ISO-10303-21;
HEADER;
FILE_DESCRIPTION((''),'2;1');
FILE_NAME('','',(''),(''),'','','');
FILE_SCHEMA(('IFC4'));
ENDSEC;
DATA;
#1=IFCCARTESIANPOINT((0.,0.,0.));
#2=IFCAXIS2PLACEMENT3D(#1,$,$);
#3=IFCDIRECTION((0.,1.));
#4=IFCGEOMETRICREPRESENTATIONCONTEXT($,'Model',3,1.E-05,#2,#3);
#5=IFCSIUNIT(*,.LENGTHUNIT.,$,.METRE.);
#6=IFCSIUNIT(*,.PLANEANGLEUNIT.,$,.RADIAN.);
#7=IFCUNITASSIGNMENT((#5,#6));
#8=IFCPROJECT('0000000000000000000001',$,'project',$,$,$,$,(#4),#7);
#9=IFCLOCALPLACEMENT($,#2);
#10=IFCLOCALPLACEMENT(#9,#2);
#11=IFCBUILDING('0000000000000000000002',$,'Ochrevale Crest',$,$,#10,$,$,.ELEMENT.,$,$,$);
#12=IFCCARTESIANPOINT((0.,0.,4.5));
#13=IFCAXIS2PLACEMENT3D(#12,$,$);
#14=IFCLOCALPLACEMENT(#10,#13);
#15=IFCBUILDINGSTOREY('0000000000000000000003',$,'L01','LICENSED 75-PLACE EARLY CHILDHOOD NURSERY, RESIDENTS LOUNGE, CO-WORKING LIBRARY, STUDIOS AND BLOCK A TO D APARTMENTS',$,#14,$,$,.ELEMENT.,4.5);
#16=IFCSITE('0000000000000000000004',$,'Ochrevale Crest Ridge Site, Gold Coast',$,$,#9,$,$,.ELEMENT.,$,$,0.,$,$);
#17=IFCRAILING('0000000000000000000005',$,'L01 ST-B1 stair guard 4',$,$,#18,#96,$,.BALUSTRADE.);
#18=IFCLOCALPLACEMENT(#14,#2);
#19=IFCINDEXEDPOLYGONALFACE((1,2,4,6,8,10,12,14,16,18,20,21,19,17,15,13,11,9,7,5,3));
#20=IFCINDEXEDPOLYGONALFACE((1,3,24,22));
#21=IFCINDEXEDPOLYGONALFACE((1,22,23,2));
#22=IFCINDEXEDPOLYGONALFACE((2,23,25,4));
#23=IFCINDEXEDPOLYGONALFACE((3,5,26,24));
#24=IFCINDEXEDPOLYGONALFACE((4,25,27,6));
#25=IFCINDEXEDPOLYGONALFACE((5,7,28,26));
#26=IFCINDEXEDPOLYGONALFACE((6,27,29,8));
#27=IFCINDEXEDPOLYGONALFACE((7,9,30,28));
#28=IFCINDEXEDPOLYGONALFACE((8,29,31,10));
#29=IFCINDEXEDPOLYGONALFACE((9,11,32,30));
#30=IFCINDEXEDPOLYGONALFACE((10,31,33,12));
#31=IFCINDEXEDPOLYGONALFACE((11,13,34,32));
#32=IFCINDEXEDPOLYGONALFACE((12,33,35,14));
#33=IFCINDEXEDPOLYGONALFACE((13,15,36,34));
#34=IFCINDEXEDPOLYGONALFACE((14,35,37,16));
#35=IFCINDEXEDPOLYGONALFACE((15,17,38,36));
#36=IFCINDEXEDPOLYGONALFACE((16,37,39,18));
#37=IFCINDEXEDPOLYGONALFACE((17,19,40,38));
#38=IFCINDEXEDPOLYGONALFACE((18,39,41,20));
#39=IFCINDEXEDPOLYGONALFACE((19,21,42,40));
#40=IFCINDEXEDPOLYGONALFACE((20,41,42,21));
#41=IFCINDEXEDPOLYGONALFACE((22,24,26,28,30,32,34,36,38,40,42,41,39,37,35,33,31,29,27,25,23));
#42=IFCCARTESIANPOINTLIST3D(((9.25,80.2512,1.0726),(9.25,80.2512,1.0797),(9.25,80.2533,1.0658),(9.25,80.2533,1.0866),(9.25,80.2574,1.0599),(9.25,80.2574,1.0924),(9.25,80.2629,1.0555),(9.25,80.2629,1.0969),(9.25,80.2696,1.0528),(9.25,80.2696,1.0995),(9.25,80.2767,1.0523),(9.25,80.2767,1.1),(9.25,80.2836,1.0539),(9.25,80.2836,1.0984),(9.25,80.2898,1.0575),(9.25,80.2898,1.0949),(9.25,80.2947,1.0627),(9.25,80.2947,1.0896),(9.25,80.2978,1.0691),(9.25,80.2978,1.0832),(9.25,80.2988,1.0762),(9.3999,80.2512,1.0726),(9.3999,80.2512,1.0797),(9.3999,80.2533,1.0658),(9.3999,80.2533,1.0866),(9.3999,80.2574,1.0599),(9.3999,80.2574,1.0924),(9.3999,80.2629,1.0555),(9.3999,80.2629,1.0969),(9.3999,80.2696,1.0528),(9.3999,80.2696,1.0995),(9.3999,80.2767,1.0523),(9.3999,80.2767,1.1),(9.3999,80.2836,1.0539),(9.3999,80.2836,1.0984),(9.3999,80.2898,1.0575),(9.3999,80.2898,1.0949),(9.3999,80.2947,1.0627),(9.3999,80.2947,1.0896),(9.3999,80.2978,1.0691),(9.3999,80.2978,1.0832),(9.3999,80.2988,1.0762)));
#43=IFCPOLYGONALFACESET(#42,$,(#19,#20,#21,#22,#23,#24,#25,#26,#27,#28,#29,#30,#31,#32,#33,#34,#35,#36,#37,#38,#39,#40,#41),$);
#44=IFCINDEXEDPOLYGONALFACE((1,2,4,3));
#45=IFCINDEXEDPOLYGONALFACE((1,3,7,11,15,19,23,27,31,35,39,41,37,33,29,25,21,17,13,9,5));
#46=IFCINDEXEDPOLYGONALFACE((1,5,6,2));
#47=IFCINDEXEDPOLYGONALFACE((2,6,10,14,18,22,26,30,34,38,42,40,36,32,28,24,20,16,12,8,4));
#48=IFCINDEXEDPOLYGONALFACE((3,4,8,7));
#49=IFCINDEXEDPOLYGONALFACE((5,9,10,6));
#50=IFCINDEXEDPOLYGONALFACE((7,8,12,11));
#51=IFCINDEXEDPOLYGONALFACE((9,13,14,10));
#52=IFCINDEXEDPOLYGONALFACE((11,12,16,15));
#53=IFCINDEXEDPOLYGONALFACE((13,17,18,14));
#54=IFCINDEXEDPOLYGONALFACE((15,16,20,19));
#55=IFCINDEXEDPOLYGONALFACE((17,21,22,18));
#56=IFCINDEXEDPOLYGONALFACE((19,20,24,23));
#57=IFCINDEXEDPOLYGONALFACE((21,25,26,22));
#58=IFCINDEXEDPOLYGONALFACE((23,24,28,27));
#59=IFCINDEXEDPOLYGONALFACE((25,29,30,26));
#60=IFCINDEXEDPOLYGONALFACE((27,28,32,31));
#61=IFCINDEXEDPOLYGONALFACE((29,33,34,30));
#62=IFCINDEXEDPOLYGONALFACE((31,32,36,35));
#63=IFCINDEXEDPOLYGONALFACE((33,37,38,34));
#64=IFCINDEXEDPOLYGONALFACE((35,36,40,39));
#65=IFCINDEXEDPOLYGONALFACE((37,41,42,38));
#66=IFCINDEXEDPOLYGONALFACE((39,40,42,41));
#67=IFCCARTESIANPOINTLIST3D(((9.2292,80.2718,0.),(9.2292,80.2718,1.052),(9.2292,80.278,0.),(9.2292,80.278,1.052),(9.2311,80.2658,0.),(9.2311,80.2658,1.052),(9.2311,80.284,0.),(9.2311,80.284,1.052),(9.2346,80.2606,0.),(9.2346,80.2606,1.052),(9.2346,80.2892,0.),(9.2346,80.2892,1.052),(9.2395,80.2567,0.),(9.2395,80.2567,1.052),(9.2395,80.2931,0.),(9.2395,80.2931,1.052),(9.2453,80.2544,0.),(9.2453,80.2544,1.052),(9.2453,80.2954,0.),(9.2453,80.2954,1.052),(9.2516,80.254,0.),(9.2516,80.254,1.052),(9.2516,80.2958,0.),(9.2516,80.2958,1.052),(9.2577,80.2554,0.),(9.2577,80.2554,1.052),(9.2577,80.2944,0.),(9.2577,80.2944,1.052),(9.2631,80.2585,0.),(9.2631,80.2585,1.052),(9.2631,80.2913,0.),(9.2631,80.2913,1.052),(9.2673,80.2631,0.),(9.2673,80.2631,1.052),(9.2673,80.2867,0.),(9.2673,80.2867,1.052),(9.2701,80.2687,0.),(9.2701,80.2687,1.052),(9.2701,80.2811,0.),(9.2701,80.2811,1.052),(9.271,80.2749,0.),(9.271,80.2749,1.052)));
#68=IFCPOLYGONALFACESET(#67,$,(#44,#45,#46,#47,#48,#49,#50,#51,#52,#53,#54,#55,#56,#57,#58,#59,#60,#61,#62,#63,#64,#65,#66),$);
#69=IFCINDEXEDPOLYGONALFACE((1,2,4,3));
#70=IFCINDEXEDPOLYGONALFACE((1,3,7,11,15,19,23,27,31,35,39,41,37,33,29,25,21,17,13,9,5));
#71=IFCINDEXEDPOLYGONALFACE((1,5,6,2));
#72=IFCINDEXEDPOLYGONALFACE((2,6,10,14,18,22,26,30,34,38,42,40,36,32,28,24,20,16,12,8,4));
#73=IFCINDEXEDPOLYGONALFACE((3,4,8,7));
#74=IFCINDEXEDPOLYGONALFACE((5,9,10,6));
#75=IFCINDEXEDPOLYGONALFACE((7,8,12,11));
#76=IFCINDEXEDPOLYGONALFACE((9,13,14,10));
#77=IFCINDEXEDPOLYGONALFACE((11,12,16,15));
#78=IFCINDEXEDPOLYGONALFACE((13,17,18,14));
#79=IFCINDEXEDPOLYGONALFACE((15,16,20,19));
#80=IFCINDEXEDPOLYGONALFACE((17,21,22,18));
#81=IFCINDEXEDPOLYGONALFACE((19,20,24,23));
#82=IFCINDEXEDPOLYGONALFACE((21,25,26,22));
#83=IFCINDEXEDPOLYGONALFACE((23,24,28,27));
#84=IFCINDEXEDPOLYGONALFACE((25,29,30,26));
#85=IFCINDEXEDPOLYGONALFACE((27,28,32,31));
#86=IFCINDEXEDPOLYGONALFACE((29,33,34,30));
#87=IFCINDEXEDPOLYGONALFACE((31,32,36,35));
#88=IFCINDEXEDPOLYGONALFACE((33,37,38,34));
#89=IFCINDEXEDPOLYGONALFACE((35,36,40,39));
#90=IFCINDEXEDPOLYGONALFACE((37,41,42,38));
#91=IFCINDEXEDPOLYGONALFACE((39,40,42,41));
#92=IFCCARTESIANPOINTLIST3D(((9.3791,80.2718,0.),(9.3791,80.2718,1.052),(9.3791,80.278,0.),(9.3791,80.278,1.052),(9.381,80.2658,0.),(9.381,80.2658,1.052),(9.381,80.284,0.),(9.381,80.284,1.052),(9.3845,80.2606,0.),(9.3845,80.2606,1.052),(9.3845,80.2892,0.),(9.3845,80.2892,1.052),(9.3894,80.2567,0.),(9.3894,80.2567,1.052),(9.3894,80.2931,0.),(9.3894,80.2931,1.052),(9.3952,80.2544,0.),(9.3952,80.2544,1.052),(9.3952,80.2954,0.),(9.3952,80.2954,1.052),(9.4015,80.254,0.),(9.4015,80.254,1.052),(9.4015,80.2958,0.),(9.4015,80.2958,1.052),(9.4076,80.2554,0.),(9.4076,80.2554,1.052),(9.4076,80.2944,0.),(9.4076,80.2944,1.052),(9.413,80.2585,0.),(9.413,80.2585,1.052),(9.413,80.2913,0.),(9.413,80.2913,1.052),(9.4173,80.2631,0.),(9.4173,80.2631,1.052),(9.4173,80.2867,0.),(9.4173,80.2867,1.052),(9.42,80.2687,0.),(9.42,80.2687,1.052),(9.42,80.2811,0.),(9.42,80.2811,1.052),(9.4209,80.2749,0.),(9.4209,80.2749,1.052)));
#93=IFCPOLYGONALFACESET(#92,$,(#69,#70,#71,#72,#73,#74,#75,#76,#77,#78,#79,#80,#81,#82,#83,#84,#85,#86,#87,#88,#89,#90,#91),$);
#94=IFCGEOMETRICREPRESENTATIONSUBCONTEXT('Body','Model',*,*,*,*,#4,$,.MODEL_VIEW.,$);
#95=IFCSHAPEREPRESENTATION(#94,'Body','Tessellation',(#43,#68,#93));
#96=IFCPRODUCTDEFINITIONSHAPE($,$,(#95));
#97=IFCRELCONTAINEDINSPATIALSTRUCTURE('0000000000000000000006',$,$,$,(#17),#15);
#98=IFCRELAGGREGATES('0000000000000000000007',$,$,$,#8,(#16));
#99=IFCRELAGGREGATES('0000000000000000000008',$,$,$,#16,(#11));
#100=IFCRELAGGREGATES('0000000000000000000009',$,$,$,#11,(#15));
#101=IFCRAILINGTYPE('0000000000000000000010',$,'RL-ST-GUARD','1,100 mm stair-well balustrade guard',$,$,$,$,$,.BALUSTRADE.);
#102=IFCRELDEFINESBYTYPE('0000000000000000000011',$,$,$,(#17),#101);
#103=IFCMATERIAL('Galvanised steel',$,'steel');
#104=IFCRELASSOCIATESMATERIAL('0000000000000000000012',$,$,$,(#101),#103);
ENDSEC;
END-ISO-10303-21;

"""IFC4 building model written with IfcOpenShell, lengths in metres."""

from ifc_helpers import new_model, si_unit, direction, frame, origin, origin_2d, place, context, subcontext, project, spatial, circle, extrude, material, type_object, element, save


model = new_model("IFC4")

# Units and contexts
model_context = context("Model", 3, precision=1e-05, world=origin(), true_north=direction((0.0, 1.0)))
body_context = subcontext(model_context, "Body", "Model", "MODEL_VIEW")
ifc_project = project(units=[si_unit("LENGTHUNIT", "METRE"), si_unit("PLANEANGLEUNIT", "RADIAN")], contexts=[model_context])

# Site, building, storey
site_placement = place(None, origin())
site = spatial("IfcSite", under=ifc_project, at=site_placement, Name="Ochrevale Crest Ridge Site, Gold Coast", CompositionType="ELEMENT", RefElevation=0.0)
building_placement = place(site_placement, origin())
building = spatial("IfcBuilding", under=site, at=building_placement, Name="Ochrevale Crest", CompositionType="ELEMENT")
storey_placement = place(building_placement, frame((0.0, 0.0, 4.5)))
storey = spatial("IfcBuildingStorey", under=building, at=storey_placement, Name="L01", Description="LICENSED 75-PLACE EARLY CHILDHOOD NURSERY, RESIDENTS LOUNGE, CO-WORKING LIBRARY, STUDIOS AND BLOCK A TO D APARTMENTS", CompositionType="ELEMENT", Elevation=4.5)

# Railing
ifc_material_1 = material(Name="Galvanised steel", Category="steel")
railing_type_1 = type_object("IfcRailingType", Name="RL-ST-GUARD", Description="1,100 mm stair-well balustrade guard", PredefinedType="BALUSTRADE", material=ifc_material_1)
railing_1_placement = place(storey_placement, frame((9.25, 80.2749, 0.0)))
element("IfcRailing", 1, at=railing_1_placement, inside=storey, type_object=railing_type_1, Name="L01 ST-B1 stair guard 4", PredefinedType="BALUSTRADE", context=body_context, shape_type="SweptSolid", body=[
    extrude(circle(Radius=0.0239, at=origin_2d()), frame((0.0, 0.0, 1.0762), z_axis=(1.0, 0.0, 0.0), x_axis=(0.0, 1.0, 0.0)), (0.0, 0.0, 1.0), 0.1499),
    extrude(circle(Radius=0.021, at=origin_2d()), origin(), (0.0, 0.0, 1.0), 1.052),
    extrude(circle(Radius=0.021, at=origin_2d()), frame((0.1499, 0.0, 0.0)), (0.0, 0.0, 1.0), 1.052),
])

save(model, "model.ifc")
